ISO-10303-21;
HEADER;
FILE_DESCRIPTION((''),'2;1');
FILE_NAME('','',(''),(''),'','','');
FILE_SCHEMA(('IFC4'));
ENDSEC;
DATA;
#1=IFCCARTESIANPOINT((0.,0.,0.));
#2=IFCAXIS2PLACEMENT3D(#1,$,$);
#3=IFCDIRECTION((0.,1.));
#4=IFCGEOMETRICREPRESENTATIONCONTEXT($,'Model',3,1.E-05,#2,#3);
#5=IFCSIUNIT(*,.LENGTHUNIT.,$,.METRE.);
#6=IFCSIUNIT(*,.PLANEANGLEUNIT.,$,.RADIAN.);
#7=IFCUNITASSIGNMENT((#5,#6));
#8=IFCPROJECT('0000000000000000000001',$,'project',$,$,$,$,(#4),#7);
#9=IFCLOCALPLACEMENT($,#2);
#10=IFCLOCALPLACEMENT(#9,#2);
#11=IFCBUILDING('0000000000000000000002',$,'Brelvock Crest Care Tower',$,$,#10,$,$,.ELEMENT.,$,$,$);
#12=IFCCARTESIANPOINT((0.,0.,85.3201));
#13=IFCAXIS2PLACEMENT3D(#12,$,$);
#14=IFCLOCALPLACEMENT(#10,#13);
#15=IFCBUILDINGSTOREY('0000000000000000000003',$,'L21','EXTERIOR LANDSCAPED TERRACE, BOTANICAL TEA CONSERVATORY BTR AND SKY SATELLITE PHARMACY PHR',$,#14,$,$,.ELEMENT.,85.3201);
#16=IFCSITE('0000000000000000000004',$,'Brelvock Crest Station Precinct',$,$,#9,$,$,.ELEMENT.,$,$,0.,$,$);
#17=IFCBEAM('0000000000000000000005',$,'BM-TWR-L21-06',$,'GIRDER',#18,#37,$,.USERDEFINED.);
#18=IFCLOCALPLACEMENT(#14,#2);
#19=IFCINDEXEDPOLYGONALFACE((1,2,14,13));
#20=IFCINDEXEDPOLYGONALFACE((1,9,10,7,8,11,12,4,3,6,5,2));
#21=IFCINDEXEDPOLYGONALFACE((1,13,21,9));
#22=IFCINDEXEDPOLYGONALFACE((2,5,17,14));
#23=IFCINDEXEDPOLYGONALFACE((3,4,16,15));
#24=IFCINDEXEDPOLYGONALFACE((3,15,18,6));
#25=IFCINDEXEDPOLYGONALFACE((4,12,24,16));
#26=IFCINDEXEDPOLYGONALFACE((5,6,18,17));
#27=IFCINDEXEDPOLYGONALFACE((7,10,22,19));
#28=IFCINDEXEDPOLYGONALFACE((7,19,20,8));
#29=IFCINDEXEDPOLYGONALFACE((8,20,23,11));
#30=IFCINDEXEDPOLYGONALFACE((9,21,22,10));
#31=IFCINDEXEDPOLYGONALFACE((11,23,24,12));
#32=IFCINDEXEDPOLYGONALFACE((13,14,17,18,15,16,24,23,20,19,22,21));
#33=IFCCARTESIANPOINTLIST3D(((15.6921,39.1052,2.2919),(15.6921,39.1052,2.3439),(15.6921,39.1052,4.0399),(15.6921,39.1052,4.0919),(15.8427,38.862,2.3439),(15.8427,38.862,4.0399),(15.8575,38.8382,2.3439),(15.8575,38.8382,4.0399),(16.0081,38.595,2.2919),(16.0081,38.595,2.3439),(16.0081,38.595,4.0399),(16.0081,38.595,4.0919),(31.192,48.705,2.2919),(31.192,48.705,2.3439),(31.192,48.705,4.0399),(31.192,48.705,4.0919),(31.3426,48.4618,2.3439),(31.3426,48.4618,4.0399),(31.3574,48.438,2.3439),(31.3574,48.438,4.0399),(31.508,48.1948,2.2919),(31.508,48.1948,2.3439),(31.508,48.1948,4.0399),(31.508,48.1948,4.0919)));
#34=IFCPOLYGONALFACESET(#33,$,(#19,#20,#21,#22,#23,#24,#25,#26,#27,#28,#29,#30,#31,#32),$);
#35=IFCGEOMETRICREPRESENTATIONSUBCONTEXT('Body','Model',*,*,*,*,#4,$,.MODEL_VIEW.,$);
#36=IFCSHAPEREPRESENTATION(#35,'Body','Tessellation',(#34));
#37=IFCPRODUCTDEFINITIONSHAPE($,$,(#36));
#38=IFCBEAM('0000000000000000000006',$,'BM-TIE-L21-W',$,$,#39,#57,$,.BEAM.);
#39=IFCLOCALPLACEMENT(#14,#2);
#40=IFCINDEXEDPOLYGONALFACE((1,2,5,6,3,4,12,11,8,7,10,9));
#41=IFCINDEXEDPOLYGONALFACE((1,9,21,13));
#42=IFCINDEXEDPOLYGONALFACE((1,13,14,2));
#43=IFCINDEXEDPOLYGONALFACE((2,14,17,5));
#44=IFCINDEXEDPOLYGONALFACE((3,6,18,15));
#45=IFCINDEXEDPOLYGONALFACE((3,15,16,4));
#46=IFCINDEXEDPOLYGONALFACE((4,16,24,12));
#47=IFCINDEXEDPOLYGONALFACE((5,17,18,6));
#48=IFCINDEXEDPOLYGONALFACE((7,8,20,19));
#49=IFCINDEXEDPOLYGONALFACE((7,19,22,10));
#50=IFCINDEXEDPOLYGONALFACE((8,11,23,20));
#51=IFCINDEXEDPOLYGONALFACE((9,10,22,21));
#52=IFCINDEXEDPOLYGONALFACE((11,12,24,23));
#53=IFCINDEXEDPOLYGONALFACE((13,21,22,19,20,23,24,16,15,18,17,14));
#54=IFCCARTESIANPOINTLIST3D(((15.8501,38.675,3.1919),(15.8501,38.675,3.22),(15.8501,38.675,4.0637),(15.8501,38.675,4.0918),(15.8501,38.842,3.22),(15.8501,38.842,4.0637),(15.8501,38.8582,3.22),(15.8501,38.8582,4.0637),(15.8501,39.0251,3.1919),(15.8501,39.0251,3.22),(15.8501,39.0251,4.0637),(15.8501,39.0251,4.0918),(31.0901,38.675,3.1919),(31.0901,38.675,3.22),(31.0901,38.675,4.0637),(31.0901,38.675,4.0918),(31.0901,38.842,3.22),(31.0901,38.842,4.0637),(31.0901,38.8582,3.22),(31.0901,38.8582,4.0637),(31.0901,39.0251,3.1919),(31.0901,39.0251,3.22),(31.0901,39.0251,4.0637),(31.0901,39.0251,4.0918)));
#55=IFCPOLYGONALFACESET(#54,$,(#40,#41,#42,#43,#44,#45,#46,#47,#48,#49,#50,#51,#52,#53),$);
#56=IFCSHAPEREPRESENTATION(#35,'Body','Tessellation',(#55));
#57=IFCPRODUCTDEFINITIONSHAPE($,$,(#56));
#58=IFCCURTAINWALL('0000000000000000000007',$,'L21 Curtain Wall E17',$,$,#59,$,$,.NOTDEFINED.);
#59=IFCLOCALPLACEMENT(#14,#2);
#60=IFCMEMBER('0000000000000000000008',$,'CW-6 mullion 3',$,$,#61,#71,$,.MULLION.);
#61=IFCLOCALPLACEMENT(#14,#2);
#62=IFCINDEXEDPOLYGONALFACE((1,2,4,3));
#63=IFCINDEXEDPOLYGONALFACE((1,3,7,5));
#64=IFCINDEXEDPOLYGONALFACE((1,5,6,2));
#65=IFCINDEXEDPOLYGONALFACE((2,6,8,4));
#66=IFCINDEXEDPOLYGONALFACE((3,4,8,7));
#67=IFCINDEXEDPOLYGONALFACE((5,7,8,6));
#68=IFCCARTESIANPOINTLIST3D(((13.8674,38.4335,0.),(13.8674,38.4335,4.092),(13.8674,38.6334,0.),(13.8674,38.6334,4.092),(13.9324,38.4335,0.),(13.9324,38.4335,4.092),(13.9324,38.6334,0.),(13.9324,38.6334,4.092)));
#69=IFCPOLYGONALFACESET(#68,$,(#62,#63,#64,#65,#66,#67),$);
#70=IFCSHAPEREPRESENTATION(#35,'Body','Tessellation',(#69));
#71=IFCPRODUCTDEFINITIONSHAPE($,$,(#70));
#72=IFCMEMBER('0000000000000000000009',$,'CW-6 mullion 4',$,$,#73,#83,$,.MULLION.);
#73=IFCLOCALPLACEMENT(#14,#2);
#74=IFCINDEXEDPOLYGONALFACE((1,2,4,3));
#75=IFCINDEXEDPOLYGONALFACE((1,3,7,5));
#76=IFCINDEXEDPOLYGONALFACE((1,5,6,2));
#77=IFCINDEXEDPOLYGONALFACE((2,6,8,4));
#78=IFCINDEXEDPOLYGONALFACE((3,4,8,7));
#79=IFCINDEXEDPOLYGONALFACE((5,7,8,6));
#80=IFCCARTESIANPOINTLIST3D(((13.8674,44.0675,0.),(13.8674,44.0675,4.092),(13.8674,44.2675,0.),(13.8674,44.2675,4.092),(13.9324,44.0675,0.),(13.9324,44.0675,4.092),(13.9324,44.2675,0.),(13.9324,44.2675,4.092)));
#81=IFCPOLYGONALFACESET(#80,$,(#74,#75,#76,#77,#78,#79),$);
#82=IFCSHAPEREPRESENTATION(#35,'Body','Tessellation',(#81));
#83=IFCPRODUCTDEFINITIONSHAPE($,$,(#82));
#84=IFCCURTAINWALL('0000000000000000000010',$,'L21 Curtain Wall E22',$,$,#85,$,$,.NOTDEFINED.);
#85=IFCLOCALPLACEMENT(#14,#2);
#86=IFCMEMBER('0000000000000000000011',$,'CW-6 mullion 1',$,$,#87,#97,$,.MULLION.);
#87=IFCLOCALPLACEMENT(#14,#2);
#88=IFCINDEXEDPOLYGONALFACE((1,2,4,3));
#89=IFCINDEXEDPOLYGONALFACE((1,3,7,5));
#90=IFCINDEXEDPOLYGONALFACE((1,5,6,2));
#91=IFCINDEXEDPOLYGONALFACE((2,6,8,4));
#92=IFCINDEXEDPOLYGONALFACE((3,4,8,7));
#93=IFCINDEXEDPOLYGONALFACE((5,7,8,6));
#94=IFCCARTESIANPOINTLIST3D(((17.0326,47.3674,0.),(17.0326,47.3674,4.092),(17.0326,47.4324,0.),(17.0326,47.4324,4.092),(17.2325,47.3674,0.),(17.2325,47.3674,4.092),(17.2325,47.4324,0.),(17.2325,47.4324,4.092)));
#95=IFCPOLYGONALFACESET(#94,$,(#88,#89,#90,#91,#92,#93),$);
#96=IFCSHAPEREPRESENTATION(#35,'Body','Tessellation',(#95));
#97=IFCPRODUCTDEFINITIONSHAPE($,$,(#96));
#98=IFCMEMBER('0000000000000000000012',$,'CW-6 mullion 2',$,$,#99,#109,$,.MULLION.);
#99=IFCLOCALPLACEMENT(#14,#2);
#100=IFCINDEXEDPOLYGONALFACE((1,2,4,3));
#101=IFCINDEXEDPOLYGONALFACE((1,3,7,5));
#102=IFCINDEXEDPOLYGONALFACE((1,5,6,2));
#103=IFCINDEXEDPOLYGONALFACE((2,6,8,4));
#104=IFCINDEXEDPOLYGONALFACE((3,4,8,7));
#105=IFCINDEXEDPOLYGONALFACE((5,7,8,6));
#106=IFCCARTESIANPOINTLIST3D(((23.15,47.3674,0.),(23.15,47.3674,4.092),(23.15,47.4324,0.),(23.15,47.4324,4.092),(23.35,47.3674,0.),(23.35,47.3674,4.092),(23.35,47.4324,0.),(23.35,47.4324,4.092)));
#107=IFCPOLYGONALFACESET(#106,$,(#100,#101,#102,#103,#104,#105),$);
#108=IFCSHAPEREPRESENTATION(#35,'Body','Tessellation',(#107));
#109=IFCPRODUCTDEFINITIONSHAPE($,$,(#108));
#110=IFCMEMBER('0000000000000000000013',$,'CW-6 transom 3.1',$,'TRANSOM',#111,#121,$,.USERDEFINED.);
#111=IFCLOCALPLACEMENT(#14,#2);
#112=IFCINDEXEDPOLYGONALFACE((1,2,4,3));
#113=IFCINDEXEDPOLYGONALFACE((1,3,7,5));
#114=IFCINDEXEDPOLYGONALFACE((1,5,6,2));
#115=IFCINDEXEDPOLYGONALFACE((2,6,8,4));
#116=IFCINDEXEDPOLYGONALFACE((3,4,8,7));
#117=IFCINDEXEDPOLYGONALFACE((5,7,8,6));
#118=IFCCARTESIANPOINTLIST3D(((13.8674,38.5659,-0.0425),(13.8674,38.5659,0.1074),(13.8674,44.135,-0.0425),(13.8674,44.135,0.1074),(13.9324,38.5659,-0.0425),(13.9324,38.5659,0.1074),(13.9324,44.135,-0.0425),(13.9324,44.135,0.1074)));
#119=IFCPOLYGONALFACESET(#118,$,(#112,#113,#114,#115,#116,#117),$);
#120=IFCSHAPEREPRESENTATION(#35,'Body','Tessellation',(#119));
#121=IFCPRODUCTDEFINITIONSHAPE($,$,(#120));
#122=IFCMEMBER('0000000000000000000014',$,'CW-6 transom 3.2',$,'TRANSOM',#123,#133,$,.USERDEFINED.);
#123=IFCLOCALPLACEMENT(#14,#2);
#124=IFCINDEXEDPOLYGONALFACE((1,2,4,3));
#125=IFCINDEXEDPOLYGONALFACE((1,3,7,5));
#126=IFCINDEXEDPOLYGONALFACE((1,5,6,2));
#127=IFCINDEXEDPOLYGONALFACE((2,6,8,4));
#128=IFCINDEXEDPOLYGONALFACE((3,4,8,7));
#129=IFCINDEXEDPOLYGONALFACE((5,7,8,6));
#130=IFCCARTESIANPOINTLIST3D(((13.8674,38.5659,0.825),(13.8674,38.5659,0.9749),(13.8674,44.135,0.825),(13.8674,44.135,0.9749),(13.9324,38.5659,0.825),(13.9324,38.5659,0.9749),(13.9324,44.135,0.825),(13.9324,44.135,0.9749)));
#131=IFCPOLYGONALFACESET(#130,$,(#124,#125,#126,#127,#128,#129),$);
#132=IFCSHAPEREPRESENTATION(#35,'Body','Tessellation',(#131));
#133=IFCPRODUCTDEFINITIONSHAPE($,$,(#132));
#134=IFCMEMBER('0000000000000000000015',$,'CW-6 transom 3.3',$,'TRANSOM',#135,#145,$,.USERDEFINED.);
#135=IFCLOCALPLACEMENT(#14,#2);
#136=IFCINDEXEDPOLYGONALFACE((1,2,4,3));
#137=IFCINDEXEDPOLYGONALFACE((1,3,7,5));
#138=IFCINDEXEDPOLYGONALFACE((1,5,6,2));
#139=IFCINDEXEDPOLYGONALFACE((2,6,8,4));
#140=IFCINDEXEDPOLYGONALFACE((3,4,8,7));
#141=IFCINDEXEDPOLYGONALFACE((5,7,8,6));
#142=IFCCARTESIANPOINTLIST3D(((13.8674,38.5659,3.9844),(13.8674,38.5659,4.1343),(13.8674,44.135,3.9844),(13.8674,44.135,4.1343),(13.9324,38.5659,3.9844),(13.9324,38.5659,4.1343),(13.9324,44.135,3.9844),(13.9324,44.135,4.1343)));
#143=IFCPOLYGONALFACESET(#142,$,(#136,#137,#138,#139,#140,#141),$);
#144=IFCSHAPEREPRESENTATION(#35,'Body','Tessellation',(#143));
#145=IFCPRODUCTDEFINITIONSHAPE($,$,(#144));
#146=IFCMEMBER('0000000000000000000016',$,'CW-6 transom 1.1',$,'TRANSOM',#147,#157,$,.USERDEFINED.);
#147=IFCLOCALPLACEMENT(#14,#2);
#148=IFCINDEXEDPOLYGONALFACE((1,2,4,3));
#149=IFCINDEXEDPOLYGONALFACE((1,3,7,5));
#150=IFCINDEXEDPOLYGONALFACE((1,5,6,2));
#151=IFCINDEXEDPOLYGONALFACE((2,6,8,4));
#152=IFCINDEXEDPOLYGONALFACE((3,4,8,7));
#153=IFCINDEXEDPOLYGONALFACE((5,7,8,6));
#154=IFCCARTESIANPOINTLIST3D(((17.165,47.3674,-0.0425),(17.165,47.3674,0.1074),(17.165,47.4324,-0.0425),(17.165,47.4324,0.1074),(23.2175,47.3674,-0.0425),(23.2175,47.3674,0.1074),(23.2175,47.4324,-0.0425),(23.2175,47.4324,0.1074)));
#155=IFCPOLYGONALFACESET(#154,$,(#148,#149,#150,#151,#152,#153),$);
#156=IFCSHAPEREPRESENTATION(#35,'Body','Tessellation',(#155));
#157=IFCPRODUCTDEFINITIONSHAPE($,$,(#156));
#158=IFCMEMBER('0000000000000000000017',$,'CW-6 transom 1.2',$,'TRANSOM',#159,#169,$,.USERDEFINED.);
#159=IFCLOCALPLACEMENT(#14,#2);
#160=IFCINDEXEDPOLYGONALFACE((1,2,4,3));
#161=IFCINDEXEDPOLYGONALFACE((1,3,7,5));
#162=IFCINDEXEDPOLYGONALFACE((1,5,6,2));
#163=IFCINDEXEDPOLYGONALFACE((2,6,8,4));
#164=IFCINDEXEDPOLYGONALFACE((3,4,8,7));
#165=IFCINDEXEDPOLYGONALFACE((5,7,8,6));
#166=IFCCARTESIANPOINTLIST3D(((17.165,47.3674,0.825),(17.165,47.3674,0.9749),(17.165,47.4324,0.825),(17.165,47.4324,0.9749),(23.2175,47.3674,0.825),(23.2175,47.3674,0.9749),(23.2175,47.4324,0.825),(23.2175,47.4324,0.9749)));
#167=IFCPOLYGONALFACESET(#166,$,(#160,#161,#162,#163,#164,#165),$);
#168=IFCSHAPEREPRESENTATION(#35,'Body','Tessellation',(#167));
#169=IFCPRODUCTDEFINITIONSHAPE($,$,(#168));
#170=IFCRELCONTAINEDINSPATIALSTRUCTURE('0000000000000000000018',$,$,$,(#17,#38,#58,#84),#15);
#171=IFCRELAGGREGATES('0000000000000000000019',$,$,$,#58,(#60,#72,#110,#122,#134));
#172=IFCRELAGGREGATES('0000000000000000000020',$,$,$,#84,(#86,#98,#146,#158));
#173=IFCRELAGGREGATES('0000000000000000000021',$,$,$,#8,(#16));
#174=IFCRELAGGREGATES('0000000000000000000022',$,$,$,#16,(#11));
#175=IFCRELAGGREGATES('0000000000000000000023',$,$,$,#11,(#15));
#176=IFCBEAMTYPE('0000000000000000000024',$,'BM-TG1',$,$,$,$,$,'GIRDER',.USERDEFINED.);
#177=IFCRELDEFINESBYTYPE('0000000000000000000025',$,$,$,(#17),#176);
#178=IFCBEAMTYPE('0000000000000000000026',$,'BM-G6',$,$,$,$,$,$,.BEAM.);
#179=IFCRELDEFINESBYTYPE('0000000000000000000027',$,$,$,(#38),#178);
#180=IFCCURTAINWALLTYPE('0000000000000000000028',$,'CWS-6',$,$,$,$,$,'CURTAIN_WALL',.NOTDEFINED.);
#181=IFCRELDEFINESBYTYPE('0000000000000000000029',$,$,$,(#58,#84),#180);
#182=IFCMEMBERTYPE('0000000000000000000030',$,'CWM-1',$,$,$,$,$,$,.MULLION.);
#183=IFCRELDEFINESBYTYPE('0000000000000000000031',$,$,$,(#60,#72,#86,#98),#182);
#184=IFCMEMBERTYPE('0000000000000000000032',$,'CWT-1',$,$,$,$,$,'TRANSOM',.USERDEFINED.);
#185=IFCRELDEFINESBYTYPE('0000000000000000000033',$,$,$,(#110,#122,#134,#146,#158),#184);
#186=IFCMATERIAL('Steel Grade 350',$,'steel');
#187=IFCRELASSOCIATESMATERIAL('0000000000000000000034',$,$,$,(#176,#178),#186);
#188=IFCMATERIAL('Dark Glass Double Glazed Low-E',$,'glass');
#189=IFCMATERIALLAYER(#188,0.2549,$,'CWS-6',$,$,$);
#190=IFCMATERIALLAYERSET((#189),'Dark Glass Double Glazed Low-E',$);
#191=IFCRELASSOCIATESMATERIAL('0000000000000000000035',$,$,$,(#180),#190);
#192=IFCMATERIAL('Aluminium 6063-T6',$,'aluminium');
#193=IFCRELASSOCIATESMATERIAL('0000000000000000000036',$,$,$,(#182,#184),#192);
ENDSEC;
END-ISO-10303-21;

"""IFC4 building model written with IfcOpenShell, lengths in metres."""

from ifc_helpers import new_model, si_unit, direction, frame, origin, origin_2d, place, context, subcontext, project, spatial, rectangle, i_section, extrude, source, transform, mapped, material, layer, layer_set, material_profile, profile_set, type_object, element, aggregate, save


model = new_model("IFC4")

# Units and contexts
model_context = context("Model", 3, precision=1e-05, world=origin(), true_north=direction((0.0, 1.0)))
body_context = subcontext(model_context, "Body", "Model", "MODEL_VIEW")
ifc_project = project(units=[si_unit("LENGTHUNIT", "METRE"), si_unit("PLANEANGLEUNIT", "RADIAN")], contexts=[model_context])

# Site, building, storey
site_placement = place(None, origin())
site = spatial("IfcSite", under=ifc_project, at=site_placement, Name="Brelvock Crest Station Precinct", CompositionType="ELEMENT", RefElevation=0.0)
building_placement = place(site_placement, origin())
building = spatial("IfcBuilding", under=site, at=building_placement, Name="Brelvock Crest Care Tower", CompositionType="ELEMENT")
storey_placement = place(building_placement, frame((0.0, 0.0, 85.3201)))
storey = spatial("IfcBuildingStorey", under=building, at=storey_placement, Name="L21", Description="EXTERIOR LANDSCAPED TERRACE, BOTANICAL TEA CONSERVATORY BTR AND SKY SATELLITE PHARMACY PHR", CompositionType="ELEMENT", Elevation=85.3201)

# Beams
ifc_material_1 = material(Name="Steel Grade 350", Category="steel")
ifc_material_profile_1 = material_profile(ifc_material_1, i_section(OverallWidth=0.6001, OverallDepth=1.8, WebThickness=0.0281, FlangeThickness=0.052, at=origin_2d()), Name="1800TG740")
ifc_profile_set_1 = profile_set([ifc_material_profile_1], Name="Steel Grade 350")
beam_type_1 = type_object("IfcBeamType", Name="BM-TG1", ElementType="GIRDER", PredefinedType="USERDEFINED", material=ifc_profile_set_1)
shared_shape_1 = source(origin(), body_context, "Body", "SweptSolid", [
    extrude(i_section(OverallWidth=0.6001, OverallDepth=1.8, WebThickness=0.0281, FlangeThickness=0.052, at=origin_2d()), origin(), (0.0, 0.0, 1.0), 18.2319),
])
beam_1_placement = place(storey_placement, frame((15.8501, 38.8501, 3.1919), z_axis=(0.850152, 0.526538, 0.0), x_axis=(-0.526538, 0.850152, 0.0)))
element("IfcBeam", 1, at=beam_1_placement, inside=storey, type_object=beam_type_1, Name="BM-TWR-L21-06", ObjectType="GIRDER", PredefinedType="USERDEFINED", context=body_context, shape_type="MappedRepresentation", body=[
    mapped(shared_shape_1, transform((0.0, 0.0, 0.0), x_axis=(1.0, 0.0, 0.0), y_axis=(0.0, 1.0, 0.0), z_axis=(0.0, 0.0, 1.0), scale=1.0)),
])
ifc_material_profile_2 = material_profile(ifc_material_1, i_section(OverallWidth=0.3501, OverallDepth=0.8999, WebThickness=0.0161, FlangeThickness=0.0281, at=origin_2d()), Name="900WB257")
ifc_profile_set_2 = profile_set([ifc_material_profile_2], Name="Steel Grade 350")
beam_type_2 = type_object("IfcBeamType", Name="BM-G6", PredefinedType="BEAM", material=ifc_profile_set_2)
shared_shape_2 = source(origin(), body_context, "Body", "SweptSolid", [
    extrude(i_section(OverallWidth=0.3501, OverallDepth=0.8999, WebThickness=0.0161, FlangeThickness=0.0281, at=origin_2d()), origin(), (0.0, 0.0, 1.0), 15.24),
])
beam_2_placement = place(storey_placement, frame((15.8501, 38.8501, 3.6418), z_axis=(1.0, 0.0, 0.0), x_axis=(0.0, 1.0, 0.0)))
element("IfcBeam", 2, at=beam_2_placement, inside=storey, type_object=beam_type_2, Name="BM-TIE-L21-W", PredefinedType="BEAM", context=body_context, shape_type="MappedRepresentation", body=[
    mapped(shared_shape_2, transform((0.0, 0.0, 0.0), x_axis=(1.0, 0.0, 0.0), y_axis=(0.0, 1.0, 0.0), z_axis=(0.0, 0.0, 1.0), scale=1.0)),
])

# Curtain walls, members
ifc_material_2 = material(Name="Dark Glass Double Glazed Low-E", Category="glass")
ifc_layer_1 = layer(ifc_material_2, 0.2549, Name="CWS-6")
ifc_layer_set_1 = layer_set([ifc_layer_1], Name="Dark Glass Double Glazed Low-E")
curtain_wall_type = type_object("IfcCurtainWallType", Name="CWS-6", ElementType="CURTAIN_WALL", PredefinedType="NOTDEFINED", material=ifc_layer_set_1)
curtain_wall_1_placement = place(storey_placement, origin())
curtain_wall_1 = element("IfcCurtainWall", 3, at=curtain_wall_1_placement, inside=storey, type_object=curtain_wall_type, Name="L21 Curtain Wall E17", PredefinedType="NOTDEFINED")
ifc_material_3 = material(Name="Aluminium 6063-T6", Category="aluminium")
ifc_material_profile_3 = material_profile(ifc_material_3, rectangle(XDim=0.0649, YDim=0.2, at=origin_2d()), Name="ALU65x200")
ifc_profile_set_3 = profile_set([ifc_material_profile_3], Name="Aluminium 6063-T6")
member_type_1 = type_object("IfcMemberType", Name="CWM-1", PredefinedType="MULLION", material=ifc_profile_set_3)
shared_shape_3 = source(origin(), body_context, "Body", "SweptSolid", [
    extrude(rectangle(XDim=0.0649, YDim=0.2, at=origin_2d()), origin(), (0.0, 0.0, 1.0), 4.092),
])
member_1_placement = place(storey_placement, frame((13.8999, 38.5334, 0.0), z_axis=(0.0, 0.0, 1.0), x_axis=(-1.0, 0.0, 0.0)))
member_1 = element("IfcMember", 4, at=member_1_placement, type_object=member_type_1, Name="CW-6 mullion 3", PredefinedType="MULLION", context=body_context, shape_type="MappedRepresentation", body=[
    mapped(shared_shape_3, transform((0.0, 0.0, 0.0), x_axis=(1.0, 0.0, 0.0), y_axis=(0.0, 1.0, 0.0), z_axis=(0.0, 0.0, 1.0), scale=1.0)),
])
member_2_placement = place(storey_placement, frame((13.8999, 44.1675, 0.0), z_axis=(0.0, 0.0, 1.0), x_axis=(-1.0, 0.0, 0.0)))
member_2 = element("IfcMember", 5, at=member_2_placement, type_object=member_type_1, Name="CW-6 mullion 4", PredefinedType="MULLION", context=body_context, shape_type="MappedRepresentation", body=[
    mapped(shared_shape_3, transform((0.0, 0.0, 0.0), x_axis=(1.0, 0.0, 0.0), y_axis=(0.0, 1.0, 0.0), z_axis=(0.0, 0.0, 1.0), scale=1.0)),
])
curtain_wall_2_placement = place(storey_placement, origin())
curtain_wall_2 = element("IfcCurtainWall", 6, at=curtain_wall_2_placement, inside=storey, type_object=curtain_wall_type, Name="L21 Curtain Wall E22", PredefinedType="NOTDEFINED")
member_3_placement = place(storey_placement, frame((17.1326, 47.3999, 0.0), z_axis=(0.0, 0.0, 1.0), x_axis=(0.0, 1.0, 0.0)))
member_3 = element("IfcMember", 7, at=member_3_placement, type_object=member_type_1, Name="CW-6 mullion 1", PredefinedType="MULLION", context=body_context, shape_type="MappedRepresentation", body=[
    mapped(shared_shape_3, transform((0.0, 0.0, 0.0), x_axis=(1.0, 0.0, 0.0), y_axis=(0.0, 1.0, 0.0), z_axis=(0.0, 0.0, 1.0), scale=1.0)),
])
member_4_placement = place(storey_placement, frame((23.25, 47.3999, 0.0), z_axis=(0.0, 0.0, 1.0), x_axis=(0.0, 1.0, 0.0)))
member_4 = element("IfcMember", 8, at=member_4_placement, type_object=member_type_1, Name="CW-6 mullion 2", PredefinedType="MULLION", context=body_context, shape_type="MappedRepresentation", body=[
    mapped(shared_shape_3, transform((0.0, 0.0, 0.0), x_axis=(1.0, 0.0, 0.0), y_axis=(0.0, 1.0, 0.0), z_axis=(0.0, 0.0, 1.0), scale=1.0)),
])

# Members
ifc_material_profile_4 = material_profile(ifc_material_3, rectangle(XDim=0.0649, YDim=0.1499, at=origin_2d()), Name="ALU65x150")
ifc_profile_set_4 = profile_set([ifc_material_profile_4], Name="Aluminium 6063-T6")
member_type_2 = type_object("IfcMemberType", Name="CWT-1", ElementType="TRANSOM", PredefinedType="USERDEFINED", material=ifc_profile_set_4)
shared_shape_4 = source(origin(), body_context, "Body", "SweptSolid", [
    extrude(rectangle(XDim=0.0649, YDim=0.1499, at=origin_2d()), origin(), (0.0, 0.0, 1.0), 5.5691),
])
member_5_placement = place(storey_placement, frame((13.8999, 38.5659, 0.0325), z_axis=(0.0, 1.0, 0.0), x_axis=(-1.0, 0.0, 0.0)))
member_5 = element("IfcMember", 9, at=member_5_placement, type_object=member_type_2, Name="CW-6 transom 3.1", ObjectType="TRANSOM", PredefinedType="USERDEFINED", context=body_context, shape_type="MappedRepresentation", body=[
    mapped(shared_shape_4, transform((0.0, 0.0, 0.0), x_axis=(1.0, 0.0, 0.0), y_axis=(0.0, 1.0, 0.0), z_axis=(0.0, 0.0, 1.0), scale=1.0)),
])
member_6_placement = place(storey_placement, frame((13.8999, 38.5659, 0.8999), z_axis=(0.0, 1.0, 0.0), x_axis=(-1.0, 0.0, 0.0)))
member_6 = element("IfcMember", 10, at=member_6_placement, type_object=member_type_2, Name="CW-6 transom 3.2", ObjectType="TRANSOM", PredefinedType="USERDEFINED", context=body_context, shape_type="MappedRepresentation", body=[
    mapped(shared_shape_4, transform((0.0, 0.0, 0.0), x_axis=(1.0, 0.0, 0.0), y_axis=(0.0, 1.0, 0.0), z_axis=(0.0, 0.0, 1.0), scale=1.0)),
])
member_7_placement = place(storey_placement, frame((13.8999, 38.5659, 4.0593), z_axis=(0.0, 1.0, 0.0), x_axis=(-1.0, 0.0, 0.0)))
member_7 = element("IfcMember", 11, at=member_7_placement, type_object=member_type_2, Name="CW-6 transom 3.3", ObjectType="TRANSOM", PredefinedType="USERDEFINED", context=body_context, shape_type="MappedRepresentation", body=[
    mapped(shared_shape_4, transform((0.0, 0.0, 0.0), x_axis=(1.0, 0.0, 0.0), y_axis=(0.0, 1.0, 0.0), z_axis=(0.0, 0.0, 1.0), scale=1.0)),
])
shared_shape_5 = source(origin(), body_context, "Body", "SweptSolid", [
    extrude(rectangle(XDim=0.0649, YDim=0.1499, at=origin_2d()), origin(), (0.0, 0.0, 1.0), 6.0525),
])
member_8_placement = place(storey_placement, frame((17.165, 47.3999, 0.0325), z_axis=(1.0, 0.0, 0.0), x_axis=(0.0, 1.0, 0.0)))
member_8 = element("IfcMember", 12, at=member_8_placement, type_object=member_type_2, Name="CW-6 transom 1.1", ObjectType="TRANSOM", PredefinedType="USERDEFINED", context=body_context, shape_type="MappedRepresentation", body=[
    mapped(shared_shape_5, transform((0.0, 0.0, 0.0), x_axis=(1.0, 0.0, 0.0), y_axis=(0.0, 1.0, 0.0), z_axis=(0.0, 0.0, 1.0), scale=1.0)),
])
member_9_placement = place(storey_placement, frame((17.165, 47.3999, 0.8999), z_axis=(1.0, 0.0, 0.0), x_axis=(0.0, 1.0, 0.0)))
member_9 = element("IfcMember", 13, at=member_9_placement, type_object=member_type_2, Name="CW-6 transom 1.2", ObjectType="TRANSOM", PredefinedType="USERDEFINED", context=body_context, shape_type="MappedRepresentation", body=[
    mapped(shared_shape_5, transform((0.0, 0.0, 0.0), x_axis=(1.0, 0.0, 0.0), y_axis=(0.0, 1.0, 0.0), z_axis=(0.0, 0.0, 1.0), scale=1.0)),
])

aggregate(curtain_wall_1, [member_1, member_2, member_5, member_6, member_7])
aggregate(curtain_wall_2, [member_3, member_4, member_8, member_9])

save(model, "model.ifc")
